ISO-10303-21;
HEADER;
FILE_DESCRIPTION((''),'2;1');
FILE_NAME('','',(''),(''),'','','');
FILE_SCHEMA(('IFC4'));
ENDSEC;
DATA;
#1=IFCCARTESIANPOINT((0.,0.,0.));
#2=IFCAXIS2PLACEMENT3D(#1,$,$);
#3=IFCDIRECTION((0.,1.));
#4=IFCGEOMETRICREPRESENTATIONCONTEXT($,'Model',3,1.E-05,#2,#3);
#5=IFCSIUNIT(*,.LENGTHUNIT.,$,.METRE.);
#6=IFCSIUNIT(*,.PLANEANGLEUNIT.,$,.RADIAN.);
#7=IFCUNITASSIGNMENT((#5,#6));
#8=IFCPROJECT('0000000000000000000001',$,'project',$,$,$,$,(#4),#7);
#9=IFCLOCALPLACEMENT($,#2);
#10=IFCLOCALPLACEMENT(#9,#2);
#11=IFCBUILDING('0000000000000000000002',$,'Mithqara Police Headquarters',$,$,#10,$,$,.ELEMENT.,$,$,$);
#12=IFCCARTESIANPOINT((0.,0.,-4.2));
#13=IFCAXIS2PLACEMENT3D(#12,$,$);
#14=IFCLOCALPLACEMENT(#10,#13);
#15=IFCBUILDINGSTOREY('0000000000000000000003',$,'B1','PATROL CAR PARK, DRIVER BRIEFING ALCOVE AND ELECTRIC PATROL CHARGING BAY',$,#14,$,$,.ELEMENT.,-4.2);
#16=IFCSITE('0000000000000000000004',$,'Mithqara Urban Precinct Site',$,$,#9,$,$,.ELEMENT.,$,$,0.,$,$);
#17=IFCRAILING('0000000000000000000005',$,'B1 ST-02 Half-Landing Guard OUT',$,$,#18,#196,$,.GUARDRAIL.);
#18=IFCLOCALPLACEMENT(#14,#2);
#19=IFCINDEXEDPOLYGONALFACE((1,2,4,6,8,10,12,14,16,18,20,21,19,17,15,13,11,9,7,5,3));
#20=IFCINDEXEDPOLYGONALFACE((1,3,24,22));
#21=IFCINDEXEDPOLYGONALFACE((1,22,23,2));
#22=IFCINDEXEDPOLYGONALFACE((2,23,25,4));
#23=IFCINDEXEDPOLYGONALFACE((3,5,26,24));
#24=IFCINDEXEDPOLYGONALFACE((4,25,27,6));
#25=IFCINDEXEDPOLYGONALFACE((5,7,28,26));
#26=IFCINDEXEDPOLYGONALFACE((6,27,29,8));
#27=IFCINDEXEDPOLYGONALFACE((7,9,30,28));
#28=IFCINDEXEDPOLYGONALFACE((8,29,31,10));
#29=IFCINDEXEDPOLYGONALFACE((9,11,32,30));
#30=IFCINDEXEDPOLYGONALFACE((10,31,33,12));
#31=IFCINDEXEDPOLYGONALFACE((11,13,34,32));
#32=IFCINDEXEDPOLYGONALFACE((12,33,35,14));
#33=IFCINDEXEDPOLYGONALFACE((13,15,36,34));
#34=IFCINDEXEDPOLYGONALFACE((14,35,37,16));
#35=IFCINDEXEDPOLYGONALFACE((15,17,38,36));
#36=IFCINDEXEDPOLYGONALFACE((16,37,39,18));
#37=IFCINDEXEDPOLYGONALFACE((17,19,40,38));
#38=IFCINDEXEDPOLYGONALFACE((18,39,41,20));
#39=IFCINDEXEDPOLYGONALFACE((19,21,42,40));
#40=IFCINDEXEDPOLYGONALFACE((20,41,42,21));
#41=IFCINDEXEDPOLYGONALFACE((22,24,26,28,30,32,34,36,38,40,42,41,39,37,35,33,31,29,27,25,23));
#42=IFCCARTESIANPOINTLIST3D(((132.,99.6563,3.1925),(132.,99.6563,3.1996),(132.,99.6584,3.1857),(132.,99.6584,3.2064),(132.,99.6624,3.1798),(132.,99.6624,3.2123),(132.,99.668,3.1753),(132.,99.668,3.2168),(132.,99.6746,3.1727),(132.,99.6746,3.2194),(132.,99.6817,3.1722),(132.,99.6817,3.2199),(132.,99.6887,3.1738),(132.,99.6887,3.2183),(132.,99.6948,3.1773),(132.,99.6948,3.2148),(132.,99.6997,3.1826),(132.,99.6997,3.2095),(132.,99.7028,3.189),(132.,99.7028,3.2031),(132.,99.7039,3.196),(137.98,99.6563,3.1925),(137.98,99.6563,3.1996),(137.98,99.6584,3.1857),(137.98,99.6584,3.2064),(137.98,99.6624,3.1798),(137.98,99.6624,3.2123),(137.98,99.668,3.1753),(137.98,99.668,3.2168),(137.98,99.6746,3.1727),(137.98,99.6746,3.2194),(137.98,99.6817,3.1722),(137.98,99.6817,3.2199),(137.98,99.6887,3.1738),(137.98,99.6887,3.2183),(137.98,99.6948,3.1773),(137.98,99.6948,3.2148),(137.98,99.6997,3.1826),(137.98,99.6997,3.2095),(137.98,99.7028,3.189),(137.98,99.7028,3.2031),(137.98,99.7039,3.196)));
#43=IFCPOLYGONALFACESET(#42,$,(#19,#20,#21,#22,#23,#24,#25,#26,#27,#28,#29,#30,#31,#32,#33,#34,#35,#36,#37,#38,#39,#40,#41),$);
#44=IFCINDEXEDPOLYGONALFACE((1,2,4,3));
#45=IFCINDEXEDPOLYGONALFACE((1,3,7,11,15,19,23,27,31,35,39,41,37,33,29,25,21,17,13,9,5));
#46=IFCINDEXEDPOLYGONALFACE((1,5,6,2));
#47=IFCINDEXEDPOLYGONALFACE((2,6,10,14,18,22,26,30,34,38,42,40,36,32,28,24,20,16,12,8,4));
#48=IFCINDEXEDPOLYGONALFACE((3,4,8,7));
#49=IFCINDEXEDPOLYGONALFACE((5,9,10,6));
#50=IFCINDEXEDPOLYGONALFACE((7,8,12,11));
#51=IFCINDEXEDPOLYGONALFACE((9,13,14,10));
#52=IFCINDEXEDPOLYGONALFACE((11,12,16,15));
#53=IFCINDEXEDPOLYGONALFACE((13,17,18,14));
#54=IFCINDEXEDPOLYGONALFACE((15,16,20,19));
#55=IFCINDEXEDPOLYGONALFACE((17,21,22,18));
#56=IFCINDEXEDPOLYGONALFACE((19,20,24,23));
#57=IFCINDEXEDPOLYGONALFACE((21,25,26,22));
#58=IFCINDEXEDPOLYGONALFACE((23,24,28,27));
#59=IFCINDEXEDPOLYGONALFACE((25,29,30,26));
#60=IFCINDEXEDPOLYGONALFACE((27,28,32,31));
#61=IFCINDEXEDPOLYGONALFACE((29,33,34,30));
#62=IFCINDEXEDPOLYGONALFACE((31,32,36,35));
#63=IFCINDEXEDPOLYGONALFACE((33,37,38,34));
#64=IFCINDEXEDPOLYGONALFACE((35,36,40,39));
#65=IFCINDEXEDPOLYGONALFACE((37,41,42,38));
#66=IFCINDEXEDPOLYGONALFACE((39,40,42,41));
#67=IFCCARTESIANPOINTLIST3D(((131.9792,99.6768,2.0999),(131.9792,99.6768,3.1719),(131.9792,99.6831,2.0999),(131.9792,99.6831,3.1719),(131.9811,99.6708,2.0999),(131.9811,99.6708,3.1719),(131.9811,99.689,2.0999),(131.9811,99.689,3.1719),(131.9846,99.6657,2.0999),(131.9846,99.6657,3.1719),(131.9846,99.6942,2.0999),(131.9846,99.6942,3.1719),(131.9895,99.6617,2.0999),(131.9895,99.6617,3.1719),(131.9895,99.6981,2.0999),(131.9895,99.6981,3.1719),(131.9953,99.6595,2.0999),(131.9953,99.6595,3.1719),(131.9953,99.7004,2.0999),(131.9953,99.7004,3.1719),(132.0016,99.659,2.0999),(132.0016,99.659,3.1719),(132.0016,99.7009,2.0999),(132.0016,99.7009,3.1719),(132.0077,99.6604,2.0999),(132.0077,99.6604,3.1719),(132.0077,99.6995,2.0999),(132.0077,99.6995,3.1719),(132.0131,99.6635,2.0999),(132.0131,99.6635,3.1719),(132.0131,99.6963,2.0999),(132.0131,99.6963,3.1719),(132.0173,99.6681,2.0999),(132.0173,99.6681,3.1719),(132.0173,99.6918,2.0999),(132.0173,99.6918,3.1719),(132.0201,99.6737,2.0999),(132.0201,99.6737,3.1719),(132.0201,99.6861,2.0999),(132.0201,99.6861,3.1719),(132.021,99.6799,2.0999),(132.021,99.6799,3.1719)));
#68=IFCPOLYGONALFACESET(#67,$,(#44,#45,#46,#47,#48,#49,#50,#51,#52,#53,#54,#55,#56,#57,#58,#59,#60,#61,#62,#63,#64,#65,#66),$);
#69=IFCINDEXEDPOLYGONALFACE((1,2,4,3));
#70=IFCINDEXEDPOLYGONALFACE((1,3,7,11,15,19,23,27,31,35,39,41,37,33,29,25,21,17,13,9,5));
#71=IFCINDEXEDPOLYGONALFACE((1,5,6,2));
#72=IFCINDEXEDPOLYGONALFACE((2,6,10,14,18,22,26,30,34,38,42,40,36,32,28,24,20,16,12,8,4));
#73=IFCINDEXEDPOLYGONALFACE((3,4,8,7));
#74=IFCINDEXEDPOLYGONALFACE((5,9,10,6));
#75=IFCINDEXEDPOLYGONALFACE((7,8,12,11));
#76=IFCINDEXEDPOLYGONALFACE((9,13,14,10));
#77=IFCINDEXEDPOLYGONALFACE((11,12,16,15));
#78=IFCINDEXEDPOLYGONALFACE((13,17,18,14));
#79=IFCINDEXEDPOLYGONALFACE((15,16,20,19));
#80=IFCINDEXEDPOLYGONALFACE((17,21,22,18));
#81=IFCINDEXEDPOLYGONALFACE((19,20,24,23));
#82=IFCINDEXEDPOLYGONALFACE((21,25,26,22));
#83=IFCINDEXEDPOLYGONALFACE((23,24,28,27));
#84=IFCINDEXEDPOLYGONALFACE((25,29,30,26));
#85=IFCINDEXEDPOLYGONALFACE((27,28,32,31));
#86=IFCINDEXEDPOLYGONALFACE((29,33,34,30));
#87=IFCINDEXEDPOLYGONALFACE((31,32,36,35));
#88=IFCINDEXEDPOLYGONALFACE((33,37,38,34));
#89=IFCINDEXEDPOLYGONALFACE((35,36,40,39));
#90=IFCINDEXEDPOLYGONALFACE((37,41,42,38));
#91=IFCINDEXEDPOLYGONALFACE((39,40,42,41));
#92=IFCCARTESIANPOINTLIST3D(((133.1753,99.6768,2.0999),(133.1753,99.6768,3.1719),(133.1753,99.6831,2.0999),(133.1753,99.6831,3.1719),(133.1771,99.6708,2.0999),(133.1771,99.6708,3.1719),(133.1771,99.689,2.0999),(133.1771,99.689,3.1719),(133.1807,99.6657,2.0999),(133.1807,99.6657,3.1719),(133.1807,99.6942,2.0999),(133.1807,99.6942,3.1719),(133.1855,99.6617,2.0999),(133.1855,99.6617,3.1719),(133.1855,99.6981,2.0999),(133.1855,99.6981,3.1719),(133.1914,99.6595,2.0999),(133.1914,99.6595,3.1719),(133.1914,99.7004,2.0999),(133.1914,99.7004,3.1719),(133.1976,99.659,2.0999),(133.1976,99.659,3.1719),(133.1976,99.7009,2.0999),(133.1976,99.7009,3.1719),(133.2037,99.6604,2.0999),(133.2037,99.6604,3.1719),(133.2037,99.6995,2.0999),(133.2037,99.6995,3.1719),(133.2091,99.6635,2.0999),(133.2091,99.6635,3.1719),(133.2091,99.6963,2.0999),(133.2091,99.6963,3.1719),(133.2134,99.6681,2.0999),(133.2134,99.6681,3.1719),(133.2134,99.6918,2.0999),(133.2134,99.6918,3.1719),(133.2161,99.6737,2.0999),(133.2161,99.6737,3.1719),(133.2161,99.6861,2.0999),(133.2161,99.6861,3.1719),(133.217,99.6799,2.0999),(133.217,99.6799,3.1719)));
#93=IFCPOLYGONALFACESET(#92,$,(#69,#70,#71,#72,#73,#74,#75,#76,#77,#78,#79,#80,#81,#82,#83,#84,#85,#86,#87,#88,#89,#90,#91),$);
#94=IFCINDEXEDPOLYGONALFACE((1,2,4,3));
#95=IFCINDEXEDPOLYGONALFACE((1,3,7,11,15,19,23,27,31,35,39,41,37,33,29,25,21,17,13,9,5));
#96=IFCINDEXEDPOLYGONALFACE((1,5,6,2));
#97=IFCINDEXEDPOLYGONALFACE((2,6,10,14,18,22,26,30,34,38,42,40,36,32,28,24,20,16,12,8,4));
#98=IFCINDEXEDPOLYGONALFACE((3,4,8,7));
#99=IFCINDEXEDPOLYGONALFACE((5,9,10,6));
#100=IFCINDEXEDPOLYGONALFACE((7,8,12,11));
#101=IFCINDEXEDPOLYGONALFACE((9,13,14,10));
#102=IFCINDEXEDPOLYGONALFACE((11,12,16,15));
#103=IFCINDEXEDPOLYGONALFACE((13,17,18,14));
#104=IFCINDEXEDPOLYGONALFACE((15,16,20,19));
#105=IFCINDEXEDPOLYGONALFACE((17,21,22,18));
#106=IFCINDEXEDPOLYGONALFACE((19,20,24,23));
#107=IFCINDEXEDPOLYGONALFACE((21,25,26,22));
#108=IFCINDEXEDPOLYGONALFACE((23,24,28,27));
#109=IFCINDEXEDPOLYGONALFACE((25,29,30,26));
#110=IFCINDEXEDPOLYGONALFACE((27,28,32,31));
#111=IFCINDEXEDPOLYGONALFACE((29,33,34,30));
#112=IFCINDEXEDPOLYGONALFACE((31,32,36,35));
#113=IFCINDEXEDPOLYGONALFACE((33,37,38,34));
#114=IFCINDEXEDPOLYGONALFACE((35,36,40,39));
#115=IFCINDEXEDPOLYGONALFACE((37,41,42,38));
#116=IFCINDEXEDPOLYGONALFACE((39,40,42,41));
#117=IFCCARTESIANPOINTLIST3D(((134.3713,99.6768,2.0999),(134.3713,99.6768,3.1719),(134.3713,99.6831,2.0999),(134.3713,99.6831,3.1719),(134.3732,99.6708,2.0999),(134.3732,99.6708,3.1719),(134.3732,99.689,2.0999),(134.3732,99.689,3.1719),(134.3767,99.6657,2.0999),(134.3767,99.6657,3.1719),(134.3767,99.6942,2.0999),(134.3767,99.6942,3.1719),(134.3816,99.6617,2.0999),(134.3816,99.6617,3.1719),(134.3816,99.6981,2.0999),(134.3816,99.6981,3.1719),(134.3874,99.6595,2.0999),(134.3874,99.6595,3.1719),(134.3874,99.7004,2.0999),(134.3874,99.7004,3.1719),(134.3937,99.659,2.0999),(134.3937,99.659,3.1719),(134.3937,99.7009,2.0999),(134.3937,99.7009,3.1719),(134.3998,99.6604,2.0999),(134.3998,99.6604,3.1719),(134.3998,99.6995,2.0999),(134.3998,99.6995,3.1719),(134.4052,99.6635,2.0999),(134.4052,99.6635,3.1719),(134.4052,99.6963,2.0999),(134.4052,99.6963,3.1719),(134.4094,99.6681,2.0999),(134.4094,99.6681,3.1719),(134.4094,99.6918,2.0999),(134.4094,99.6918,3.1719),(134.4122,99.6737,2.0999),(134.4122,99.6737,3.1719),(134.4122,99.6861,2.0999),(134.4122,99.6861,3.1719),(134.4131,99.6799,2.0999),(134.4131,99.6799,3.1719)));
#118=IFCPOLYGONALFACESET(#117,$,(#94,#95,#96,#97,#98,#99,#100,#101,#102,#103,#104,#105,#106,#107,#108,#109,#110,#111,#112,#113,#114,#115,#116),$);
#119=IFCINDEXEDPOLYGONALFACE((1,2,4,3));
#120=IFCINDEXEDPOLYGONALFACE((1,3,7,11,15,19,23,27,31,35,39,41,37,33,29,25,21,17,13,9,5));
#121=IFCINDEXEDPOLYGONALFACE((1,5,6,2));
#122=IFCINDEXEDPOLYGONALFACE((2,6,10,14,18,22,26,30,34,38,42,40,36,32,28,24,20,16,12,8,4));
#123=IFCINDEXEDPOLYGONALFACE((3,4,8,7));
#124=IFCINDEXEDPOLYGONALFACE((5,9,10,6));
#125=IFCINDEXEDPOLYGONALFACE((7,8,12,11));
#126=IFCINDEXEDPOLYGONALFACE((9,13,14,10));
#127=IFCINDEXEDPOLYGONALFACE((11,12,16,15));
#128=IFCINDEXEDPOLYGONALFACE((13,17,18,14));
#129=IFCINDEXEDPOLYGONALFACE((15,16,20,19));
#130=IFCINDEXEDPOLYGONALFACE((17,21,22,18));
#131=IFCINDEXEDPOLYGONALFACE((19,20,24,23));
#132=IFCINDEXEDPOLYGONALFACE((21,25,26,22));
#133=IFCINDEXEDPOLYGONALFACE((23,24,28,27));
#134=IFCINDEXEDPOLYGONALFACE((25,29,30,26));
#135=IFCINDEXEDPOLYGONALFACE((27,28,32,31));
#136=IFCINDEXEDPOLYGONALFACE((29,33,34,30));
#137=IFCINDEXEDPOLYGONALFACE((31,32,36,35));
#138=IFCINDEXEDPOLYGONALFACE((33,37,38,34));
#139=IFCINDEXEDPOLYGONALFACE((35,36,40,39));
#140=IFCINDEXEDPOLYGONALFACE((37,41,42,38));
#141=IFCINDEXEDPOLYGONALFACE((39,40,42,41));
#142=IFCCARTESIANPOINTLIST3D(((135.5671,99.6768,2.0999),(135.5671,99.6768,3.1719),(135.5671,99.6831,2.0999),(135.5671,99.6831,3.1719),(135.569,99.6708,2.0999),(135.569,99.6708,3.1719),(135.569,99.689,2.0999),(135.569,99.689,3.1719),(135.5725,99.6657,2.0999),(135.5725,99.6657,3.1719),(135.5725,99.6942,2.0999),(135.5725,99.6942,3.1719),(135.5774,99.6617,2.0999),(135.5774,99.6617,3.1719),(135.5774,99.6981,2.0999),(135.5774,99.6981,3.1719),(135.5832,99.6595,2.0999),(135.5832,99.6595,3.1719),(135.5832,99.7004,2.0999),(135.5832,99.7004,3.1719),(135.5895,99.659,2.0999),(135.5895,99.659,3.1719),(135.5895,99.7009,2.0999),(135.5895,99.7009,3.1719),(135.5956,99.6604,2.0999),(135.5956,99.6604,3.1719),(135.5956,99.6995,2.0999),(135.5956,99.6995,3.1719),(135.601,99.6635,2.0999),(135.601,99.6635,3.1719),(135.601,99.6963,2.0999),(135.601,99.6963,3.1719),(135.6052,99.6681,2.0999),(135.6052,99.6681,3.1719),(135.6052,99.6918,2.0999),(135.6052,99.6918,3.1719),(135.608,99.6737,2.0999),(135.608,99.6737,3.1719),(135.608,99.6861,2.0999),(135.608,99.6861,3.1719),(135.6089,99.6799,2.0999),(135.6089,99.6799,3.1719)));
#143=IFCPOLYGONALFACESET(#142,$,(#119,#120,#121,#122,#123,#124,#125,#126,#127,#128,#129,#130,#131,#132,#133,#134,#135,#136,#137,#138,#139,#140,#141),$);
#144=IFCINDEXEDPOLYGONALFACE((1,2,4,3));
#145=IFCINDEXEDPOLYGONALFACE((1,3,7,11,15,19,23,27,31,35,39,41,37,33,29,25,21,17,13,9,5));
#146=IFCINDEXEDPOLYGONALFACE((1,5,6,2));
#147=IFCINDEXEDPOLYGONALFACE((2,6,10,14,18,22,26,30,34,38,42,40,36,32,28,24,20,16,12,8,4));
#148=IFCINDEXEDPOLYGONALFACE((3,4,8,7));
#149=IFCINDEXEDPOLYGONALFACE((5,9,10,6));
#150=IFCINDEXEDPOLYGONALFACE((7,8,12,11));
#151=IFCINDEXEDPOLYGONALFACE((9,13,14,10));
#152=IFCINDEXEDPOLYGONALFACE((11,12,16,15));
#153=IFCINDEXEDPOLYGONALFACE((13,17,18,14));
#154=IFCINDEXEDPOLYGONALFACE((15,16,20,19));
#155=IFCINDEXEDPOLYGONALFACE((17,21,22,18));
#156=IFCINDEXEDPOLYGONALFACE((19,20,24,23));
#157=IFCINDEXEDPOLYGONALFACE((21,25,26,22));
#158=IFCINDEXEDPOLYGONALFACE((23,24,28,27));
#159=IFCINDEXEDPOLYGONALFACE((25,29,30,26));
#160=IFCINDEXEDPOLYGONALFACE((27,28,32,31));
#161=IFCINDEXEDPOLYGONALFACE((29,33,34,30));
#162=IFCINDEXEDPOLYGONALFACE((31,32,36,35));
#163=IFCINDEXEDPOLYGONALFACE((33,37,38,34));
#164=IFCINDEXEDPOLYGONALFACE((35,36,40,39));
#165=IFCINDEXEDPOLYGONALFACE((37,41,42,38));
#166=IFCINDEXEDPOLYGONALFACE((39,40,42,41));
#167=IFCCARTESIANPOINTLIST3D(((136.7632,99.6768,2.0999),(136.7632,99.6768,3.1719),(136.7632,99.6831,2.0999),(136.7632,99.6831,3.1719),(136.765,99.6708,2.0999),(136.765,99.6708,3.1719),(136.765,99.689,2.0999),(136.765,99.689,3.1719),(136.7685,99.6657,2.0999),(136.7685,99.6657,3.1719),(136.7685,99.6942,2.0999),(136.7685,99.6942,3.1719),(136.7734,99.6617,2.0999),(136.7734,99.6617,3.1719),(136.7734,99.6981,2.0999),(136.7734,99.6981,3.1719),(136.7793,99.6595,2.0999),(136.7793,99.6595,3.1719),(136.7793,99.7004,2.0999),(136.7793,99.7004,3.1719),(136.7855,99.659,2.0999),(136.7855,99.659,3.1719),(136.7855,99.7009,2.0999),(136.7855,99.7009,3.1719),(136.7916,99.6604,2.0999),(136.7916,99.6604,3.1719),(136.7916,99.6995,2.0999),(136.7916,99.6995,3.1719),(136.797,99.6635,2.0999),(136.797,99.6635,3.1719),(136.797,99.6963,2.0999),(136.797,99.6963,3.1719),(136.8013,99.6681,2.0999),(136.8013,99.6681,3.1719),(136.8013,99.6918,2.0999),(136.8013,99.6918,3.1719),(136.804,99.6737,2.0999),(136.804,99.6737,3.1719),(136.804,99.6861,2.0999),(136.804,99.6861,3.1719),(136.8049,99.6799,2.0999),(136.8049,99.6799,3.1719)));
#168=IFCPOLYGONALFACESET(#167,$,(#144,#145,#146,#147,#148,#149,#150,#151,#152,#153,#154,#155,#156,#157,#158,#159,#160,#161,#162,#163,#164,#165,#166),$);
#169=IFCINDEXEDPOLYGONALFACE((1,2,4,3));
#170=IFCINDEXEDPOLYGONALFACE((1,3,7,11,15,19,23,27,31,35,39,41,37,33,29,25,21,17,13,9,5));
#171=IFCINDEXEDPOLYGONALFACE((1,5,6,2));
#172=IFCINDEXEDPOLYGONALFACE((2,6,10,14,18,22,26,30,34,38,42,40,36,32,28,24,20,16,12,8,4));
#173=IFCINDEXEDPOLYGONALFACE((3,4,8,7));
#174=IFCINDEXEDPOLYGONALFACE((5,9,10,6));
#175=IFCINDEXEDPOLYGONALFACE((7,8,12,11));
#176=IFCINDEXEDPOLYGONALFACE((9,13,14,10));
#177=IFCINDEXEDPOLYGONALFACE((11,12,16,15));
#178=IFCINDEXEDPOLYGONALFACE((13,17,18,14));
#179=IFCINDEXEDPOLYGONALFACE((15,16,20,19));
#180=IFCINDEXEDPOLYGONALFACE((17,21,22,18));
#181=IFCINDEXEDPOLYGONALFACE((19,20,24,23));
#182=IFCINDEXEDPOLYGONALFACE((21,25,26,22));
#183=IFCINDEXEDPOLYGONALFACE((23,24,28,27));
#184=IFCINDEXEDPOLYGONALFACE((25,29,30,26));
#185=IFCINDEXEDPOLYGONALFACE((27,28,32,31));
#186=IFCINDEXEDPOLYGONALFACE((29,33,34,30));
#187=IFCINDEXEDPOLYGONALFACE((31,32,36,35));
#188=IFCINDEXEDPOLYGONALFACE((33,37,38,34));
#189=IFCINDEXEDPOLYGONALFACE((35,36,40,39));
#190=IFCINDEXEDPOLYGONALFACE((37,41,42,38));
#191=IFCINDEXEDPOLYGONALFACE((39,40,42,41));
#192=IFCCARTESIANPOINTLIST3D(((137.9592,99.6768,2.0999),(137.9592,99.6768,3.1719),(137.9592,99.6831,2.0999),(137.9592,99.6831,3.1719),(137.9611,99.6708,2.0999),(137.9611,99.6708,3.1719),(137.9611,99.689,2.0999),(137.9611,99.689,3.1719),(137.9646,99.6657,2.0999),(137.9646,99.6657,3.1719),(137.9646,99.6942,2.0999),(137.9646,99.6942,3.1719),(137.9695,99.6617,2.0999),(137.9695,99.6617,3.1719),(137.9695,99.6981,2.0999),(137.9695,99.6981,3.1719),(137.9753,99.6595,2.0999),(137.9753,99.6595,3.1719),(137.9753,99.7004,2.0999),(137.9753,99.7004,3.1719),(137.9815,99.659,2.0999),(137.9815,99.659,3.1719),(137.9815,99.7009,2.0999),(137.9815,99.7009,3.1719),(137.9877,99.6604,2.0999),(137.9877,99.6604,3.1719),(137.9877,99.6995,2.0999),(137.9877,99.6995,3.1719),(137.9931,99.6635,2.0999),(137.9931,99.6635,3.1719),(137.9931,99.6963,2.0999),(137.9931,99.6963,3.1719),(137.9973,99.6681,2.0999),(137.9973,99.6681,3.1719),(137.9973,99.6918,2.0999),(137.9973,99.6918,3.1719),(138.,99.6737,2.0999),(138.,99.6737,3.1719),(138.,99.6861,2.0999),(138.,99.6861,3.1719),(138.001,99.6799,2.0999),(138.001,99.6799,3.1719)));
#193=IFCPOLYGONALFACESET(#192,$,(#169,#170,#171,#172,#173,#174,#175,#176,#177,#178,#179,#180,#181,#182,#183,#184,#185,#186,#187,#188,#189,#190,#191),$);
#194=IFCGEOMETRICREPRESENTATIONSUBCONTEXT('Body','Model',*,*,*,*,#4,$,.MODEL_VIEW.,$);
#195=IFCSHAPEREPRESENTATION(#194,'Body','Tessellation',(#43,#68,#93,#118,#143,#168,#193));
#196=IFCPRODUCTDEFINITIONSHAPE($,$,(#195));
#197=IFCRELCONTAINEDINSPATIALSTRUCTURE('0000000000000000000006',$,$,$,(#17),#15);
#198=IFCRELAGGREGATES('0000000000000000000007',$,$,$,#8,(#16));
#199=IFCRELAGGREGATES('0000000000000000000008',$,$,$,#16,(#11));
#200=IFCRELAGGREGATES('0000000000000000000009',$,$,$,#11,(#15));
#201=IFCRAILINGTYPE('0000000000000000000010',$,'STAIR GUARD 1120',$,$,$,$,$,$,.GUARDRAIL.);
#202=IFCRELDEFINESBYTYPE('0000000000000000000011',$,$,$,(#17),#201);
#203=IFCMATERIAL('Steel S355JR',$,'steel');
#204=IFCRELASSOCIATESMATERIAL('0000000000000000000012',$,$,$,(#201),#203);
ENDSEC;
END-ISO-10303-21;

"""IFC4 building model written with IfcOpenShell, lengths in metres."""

from ifc_helpers import new_model, si_unit, direction, frame, origin, origin_2d, place, context, subcontext, project, spatial, circle, extrude, material, type_object, element, save


model = new_model("IFC4")

# Units and contexts
model_context = context("Model", 3, precision=1e-05, world=origin(), true_north=direction((0.0, 1.0)))
body_context = subcontext(model_context, "Body", "Model", "MODEL_VIEW")
ifc_project = project(units=[si_unit("LENGTHUNIT", "METRE"), si_unit("PLANEANGLEUNIT", "RADIAN")], contexts=[model_context])

# Site, building, storey
site_placement = place(None, origin())
site = spatial("IfcSite", under=ifc_project, at=site_placement, Name="Mithqara Urban Precinct Site", CompositionType="ELEMENT", RefElevation=0.0)
building_placement = place(site_placement, origin())
building = spatial("IfcBuilding", under=site, at=building_placement, Name="Mithqara Police Headquarters", CompositionType="ELEMENT")
storey_placement = place(building_placement, frame((0.0, 0.0, -4.2)))
storey = spatial("IfcBuildingStorey", under=building, at=storey_placement, Name="B1", Description="PATROL CAR PARK, DRIVER BRIEFING ALCOVE AND ELECTRIC PATROL CHARGING BAY", CompositionType="ELEMENT", Elevation=-4.2)

# Shared definitions
ifc_material_1 = material(Name="Steel S355JR", Category="steel")

# Railing
railing_type = type_object("IfcRailingType", Name="STAIR GUARD 1120", PredefinedType="GUARDRAIL", material=ifc_material_1)
railing_placement = place(storey_placement, frame((132.0, 99.6799, 2.0999)))
element("IfcRailing", 1, at=railing_placement, inside=storey, type_object=railing_type, Name="B1 ST-02 Half-Landing Guard OUT", PredefinedType="GUARDRAIL", context=body_context, shape_type="SweptSolid", body=[
    extrude(circle(Radius=0.0239, at=origin_2d()), frame((0.0, 0.0, 1.0962), z_axis=(1.0, 0.0, 0.0), x_axis=(0.0, 1.0, 0.0)), (0.0, 0.0, 1.0), 5.98),
    extrude(circle(Radius=0.021, at=origin_2d()), origin(), (0.0, 0.0, 1.0), 1.072),
    extrude(circle(Radius=0.021, at=origin_2d()), frame((1.196, 0.0, 0.0)), (0.0, 0.0, 1.0), 1.072),
    extrude(circle(Radius=0.021, at=origin_2d()), frame((2.3921, 0.0, 0.0)), (0.0, 0.0, 1.0), 1.072),
    extrude(circle(Radius=0.021, at=origin_2d()), frame((3.5879, 0.0, 0.0)), (0.0, 0.0, 1.0), 1.072),
    extrude(circle(Radius=0.021, at=origin_2d()), frame((4.7839, 0.0, 0.0)), (0.0, 0.0, 1.0), 1.072),
    extrude(circle(Radius=0.021, at=origin_2d()), frame((5.98, 0.0, 0.0)), (0.0, 0.0, 1.0), 1.072),
])

save(model, "model.ifc")
